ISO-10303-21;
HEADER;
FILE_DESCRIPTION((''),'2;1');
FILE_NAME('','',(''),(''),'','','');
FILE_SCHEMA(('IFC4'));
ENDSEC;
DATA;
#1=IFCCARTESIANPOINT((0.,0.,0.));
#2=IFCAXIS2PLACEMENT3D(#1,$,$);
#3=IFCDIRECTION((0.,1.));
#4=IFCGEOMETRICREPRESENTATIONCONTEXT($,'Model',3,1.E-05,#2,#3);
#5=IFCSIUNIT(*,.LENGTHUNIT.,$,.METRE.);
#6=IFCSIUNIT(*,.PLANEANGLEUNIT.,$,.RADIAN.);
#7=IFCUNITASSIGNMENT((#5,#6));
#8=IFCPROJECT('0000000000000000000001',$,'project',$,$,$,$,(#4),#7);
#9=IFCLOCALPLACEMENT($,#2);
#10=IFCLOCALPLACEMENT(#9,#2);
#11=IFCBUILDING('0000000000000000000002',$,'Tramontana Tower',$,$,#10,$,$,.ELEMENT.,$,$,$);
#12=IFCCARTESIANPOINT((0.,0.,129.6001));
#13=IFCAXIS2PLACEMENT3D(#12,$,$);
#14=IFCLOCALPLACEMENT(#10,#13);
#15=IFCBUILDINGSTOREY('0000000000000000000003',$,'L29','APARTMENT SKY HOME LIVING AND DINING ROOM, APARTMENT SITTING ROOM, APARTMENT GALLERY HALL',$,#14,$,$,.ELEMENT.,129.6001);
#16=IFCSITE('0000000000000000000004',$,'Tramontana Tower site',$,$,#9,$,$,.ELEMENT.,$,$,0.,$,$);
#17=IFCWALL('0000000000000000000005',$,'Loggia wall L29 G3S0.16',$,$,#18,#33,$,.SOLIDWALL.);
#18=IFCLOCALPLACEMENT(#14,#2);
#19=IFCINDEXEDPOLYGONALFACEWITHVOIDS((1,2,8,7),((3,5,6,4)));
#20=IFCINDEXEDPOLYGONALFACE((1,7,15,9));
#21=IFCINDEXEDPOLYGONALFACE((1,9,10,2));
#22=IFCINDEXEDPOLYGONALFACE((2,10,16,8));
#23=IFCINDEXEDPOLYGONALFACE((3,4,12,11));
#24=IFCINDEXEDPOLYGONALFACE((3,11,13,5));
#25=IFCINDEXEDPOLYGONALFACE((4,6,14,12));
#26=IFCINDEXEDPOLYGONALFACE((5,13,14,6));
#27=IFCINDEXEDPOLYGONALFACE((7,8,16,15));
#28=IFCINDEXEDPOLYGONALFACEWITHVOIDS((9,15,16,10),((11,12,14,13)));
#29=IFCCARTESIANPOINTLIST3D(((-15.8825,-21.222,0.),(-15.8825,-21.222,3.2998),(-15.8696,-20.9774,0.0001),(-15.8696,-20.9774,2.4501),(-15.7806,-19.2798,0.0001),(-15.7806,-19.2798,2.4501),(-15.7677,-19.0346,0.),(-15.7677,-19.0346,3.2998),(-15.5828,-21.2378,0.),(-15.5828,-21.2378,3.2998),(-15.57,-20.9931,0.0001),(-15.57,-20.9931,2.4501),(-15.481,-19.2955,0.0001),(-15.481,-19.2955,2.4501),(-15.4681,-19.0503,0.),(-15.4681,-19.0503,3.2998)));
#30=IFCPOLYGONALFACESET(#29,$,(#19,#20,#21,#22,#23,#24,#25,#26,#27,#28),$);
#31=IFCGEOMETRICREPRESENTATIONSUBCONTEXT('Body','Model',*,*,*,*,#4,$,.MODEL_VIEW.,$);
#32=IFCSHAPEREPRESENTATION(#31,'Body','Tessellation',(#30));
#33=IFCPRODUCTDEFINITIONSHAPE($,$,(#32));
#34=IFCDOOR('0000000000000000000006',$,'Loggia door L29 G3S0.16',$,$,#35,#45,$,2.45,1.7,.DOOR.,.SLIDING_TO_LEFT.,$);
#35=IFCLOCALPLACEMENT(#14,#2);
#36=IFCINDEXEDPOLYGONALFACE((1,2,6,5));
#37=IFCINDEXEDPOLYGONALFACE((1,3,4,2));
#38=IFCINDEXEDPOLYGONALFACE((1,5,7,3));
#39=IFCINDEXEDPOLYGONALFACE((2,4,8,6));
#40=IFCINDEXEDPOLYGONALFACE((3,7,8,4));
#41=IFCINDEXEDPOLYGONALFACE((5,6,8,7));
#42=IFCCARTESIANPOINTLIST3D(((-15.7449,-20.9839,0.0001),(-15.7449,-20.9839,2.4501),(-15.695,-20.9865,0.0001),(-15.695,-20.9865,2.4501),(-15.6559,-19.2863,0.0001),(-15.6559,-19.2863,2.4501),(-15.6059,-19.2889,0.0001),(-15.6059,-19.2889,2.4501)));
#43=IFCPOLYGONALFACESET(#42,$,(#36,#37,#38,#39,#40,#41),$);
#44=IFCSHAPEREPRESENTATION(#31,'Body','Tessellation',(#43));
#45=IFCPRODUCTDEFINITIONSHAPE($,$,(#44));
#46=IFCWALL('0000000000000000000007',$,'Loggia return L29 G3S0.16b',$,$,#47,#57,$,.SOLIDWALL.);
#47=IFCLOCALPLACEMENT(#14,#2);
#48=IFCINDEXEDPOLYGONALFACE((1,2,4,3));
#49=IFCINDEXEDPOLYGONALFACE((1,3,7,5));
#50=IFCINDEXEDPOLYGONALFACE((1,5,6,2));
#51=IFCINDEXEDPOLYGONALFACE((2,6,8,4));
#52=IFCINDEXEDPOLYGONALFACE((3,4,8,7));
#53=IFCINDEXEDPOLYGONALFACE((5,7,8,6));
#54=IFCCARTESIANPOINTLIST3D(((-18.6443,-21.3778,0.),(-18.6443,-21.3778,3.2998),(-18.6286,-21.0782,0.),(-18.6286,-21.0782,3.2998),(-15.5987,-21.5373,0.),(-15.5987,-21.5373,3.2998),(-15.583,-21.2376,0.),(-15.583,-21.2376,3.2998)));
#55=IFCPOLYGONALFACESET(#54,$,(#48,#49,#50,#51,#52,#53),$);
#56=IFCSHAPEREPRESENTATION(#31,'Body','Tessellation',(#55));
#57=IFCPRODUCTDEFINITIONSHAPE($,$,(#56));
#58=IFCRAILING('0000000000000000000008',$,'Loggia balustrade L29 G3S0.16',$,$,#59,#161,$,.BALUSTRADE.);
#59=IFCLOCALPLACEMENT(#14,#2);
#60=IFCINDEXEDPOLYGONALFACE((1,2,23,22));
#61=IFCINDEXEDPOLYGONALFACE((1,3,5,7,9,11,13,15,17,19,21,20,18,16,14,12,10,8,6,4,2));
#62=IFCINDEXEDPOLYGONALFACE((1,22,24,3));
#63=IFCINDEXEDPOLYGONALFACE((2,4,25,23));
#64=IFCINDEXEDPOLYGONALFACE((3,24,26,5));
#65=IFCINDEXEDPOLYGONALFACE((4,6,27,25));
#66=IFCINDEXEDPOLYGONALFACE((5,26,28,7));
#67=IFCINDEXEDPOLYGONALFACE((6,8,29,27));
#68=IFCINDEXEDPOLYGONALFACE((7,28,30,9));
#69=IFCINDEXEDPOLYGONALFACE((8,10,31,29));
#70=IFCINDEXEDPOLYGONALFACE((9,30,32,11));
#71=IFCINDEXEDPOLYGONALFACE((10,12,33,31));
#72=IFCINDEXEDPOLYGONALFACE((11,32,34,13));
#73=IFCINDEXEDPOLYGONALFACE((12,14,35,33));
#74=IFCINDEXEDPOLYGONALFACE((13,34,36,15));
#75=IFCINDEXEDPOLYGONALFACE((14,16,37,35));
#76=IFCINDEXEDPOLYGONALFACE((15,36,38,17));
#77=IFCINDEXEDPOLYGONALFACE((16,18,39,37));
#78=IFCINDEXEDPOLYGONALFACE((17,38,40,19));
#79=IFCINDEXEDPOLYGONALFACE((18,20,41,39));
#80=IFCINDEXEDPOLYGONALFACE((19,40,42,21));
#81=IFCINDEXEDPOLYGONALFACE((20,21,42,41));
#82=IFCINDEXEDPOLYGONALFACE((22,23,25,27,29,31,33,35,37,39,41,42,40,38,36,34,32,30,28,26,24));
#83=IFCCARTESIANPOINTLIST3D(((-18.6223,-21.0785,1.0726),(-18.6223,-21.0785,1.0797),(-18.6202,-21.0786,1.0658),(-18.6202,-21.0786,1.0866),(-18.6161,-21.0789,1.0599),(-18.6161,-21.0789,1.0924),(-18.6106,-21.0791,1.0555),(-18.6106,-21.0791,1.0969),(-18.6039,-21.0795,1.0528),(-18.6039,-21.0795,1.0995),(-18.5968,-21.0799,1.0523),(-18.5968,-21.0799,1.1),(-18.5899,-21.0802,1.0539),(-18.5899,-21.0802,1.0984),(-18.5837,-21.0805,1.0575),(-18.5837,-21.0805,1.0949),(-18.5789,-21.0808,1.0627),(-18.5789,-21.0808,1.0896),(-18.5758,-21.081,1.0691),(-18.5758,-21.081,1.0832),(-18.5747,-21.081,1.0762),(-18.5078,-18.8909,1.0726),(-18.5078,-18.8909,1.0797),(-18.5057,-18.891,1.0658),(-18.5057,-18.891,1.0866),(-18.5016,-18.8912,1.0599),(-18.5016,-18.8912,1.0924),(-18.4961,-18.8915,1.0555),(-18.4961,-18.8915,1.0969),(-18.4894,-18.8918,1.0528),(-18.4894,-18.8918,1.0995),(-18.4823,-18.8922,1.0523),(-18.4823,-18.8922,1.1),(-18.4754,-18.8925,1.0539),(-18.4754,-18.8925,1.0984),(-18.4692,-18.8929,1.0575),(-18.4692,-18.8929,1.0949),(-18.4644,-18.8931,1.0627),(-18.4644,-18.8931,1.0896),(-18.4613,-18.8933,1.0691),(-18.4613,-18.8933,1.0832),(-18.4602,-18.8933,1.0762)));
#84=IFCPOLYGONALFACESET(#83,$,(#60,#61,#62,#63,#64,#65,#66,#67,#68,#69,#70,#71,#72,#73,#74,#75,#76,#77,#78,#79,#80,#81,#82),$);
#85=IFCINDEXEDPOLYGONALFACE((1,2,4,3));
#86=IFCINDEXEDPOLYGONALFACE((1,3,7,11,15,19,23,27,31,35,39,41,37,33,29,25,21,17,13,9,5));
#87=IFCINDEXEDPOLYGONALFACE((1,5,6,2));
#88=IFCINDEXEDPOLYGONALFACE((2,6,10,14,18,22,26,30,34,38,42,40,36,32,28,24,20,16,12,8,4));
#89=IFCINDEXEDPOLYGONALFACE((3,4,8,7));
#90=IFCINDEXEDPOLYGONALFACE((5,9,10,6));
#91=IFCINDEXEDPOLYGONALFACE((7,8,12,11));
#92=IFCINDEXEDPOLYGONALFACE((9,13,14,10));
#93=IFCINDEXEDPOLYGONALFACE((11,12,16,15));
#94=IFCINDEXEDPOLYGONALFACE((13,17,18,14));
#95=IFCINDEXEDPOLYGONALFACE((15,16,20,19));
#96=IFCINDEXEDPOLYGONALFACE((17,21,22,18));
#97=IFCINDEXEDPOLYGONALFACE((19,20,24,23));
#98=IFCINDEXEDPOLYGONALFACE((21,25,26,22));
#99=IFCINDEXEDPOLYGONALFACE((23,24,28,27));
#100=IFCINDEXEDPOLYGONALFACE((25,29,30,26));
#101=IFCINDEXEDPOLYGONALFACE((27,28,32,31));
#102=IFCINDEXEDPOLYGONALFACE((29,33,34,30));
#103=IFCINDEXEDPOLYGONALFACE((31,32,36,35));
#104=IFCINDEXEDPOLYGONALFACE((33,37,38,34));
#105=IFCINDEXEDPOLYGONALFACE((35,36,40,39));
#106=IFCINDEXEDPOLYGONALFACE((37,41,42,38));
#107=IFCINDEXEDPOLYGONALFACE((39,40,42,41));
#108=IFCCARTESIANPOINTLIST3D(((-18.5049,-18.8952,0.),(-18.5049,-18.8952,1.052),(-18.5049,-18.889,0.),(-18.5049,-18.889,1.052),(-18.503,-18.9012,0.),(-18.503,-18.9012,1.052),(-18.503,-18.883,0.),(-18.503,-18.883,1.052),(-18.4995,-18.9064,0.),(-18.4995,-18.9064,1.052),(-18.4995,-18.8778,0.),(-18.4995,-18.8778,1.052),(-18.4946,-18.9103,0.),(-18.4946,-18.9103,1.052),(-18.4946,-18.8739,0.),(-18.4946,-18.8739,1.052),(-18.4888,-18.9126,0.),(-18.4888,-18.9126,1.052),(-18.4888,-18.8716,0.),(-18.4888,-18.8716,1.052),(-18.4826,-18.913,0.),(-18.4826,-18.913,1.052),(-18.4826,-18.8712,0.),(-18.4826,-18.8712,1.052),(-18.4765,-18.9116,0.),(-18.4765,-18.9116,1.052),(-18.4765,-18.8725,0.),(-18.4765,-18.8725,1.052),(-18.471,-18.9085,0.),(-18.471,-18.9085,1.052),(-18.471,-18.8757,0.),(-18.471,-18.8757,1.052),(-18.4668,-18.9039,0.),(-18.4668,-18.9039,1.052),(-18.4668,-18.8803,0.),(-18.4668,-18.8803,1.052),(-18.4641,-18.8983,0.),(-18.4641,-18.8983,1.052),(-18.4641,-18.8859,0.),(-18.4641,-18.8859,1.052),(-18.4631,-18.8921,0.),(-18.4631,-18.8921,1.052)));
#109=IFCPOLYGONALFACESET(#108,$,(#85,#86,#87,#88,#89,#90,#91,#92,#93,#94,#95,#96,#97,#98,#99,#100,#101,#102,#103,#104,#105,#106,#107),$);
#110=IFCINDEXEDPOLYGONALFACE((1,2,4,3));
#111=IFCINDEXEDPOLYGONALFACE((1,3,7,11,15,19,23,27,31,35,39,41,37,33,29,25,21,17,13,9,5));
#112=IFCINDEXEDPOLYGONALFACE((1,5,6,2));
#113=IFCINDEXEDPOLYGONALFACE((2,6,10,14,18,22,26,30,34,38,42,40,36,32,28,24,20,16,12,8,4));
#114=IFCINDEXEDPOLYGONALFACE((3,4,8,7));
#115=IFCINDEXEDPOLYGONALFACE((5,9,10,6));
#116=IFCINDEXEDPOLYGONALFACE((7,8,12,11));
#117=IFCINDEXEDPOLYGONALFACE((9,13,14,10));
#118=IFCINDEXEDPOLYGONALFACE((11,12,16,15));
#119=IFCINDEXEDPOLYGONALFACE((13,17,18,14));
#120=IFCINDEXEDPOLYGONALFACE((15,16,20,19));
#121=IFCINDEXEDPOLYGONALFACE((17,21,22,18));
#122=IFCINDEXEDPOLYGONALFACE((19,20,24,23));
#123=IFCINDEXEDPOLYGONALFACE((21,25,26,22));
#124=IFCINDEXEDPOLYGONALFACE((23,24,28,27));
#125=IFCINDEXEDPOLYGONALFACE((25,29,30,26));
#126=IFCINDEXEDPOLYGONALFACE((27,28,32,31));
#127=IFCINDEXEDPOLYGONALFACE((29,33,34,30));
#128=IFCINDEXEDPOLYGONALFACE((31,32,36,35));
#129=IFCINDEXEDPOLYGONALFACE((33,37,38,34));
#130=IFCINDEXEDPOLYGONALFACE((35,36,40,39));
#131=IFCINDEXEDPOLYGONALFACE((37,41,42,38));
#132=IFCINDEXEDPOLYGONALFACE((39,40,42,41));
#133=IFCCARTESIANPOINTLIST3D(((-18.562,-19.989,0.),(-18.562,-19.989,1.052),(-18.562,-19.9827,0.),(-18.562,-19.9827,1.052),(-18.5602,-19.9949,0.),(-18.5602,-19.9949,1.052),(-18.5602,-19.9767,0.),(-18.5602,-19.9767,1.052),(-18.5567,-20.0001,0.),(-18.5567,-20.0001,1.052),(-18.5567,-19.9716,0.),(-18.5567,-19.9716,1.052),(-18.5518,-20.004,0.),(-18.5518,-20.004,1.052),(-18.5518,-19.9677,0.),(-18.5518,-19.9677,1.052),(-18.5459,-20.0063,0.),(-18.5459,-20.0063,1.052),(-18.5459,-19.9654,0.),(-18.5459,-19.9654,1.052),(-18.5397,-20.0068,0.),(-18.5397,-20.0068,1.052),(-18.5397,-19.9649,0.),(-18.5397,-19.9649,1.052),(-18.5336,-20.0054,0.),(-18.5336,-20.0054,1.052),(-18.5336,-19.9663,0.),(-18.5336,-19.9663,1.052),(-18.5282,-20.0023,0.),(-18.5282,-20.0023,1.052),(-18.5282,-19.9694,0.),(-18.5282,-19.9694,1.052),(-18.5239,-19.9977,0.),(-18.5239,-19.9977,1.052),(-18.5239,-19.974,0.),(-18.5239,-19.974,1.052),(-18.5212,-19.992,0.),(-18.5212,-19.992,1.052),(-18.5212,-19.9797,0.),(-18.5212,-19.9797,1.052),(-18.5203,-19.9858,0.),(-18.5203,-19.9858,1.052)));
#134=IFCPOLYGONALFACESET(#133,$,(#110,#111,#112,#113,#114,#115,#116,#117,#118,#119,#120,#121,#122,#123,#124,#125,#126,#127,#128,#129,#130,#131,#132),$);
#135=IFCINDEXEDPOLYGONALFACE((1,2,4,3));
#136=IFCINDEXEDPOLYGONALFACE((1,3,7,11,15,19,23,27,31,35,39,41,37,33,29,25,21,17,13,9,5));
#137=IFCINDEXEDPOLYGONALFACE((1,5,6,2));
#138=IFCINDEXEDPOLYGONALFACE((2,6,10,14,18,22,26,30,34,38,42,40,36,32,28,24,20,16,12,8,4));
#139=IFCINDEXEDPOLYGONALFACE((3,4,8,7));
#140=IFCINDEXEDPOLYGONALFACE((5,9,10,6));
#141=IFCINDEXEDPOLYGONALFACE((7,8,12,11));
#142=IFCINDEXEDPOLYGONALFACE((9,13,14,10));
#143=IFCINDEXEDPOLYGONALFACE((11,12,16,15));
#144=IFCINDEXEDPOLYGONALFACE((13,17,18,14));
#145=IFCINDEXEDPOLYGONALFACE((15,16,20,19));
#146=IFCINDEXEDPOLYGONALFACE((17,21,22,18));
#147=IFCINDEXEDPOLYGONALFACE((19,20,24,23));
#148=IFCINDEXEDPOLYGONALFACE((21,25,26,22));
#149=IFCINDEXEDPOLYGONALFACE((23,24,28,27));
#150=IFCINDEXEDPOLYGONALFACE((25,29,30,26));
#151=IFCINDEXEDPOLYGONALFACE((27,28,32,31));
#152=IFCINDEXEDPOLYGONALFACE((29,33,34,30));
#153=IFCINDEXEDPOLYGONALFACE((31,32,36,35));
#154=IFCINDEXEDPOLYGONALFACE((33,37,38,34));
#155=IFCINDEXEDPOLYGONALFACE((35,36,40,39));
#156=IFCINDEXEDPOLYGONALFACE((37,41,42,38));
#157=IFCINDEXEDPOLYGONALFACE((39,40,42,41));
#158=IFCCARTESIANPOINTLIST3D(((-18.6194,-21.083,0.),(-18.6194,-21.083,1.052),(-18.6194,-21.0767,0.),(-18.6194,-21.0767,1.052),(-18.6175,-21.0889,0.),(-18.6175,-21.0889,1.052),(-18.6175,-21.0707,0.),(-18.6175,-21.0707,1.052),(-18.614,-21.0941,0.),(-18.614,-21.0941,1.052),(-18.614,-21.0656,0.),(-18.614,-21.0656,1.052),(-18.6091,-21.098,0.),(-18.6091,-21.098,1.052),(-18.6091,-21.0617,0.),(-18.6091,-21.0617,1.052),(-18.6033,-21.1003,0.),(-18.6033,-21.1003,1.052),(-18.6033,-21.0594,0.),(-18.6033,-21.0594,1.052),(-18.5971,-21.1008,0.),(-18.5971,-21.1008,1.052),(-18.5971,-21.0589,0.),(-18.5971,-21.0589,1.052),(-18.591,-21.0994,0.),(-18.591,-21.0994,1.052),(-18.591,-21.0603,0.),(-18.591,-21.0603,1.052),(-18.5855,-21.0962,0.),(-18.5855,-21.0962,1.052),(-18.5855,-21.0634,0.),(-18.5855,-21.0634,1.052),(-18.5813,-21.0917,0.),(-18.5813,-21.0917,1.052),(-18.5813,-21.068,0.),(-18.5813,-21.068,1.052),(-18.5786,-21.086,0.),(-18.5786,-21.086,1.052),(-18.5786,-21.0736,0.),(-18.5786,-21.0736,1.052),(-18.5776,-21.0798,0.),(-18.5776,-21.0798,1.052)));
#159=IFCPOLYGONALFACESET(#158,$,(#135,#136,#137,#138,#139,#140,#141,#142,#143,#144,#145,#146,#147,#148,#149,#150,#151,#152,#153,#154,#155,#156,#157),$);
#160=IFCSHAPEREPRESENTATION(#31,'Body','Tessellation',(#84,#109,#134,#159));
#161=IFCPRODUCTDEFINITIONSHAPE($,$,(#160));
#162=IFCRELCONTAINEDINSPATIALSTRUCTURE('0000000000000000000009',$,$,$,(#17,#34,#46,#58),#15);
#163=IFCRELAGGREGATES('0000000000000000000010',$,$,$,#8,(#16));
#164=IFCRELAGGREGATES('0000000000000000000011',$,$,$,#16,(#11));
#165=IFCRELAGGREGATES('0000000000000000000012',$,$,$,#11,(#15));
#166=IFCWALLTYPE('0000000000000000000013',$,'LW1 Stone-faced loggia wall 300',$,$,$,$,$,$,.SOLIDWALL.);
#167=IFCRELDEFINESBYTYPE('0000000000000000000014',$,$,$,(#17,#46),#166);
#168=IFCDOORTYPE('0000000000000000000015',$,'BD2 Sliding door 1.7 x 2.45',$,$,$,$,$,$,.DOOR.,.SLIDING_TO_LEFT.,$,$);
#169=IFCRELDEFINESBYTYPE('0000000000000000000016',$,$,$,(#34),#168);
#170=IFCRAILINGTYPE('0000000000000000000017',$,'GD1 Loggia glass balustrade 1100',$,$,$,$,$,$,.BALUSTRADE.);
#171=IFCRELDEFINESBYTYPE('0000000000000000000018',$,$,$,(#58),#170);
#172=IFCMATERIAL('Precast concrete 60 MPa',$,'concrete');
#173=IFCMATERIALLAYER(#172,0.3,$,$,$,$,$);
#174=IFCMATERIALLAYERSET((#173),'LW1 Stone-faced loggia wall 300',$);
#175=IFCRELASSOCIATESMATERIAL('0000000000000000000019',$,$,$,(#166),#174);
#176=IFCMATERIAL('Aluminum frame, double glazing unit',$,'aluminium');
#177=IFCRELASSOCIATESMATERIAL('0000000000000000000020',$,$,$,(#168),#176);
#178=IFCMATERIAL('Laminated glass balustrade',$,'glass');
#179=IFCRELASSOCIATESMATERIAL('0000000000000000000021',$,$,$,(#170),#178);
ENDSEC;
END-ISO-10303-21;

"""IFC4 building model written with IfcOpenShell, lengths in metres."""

from ifc_helpers import new_model, si_unit, direction, frame, frame_2d, origin, origin_2d, place, context, subcontext, project, spatial, rectangle, circle, extrude, material, layer, layer_set, type_object, element, fill, save


model = new_model("IFC4")

# Units and contexts
model_context = context("Model", 3, precision=1e-05, world=origin(), true_north=direction((0.0, 1.0)))
body_context = subcontext(model_context, "Body", "Model", "MODEL_VIEW")
ifc_project = project(units=[si_unit("LENGTHUNIT", "METRE"), si_unit("PLANEANGLEUNIT", "RADIAN")], contexts=[model_context])

# Site, building, storey
site_placement = place(None, origin())
site = spatial("IfcSite", under=ifc_project, at=site_placement, Name="Tramontana Tower site", CompositionType="ELEMENT", RefElevation=0.0)
building_placement = place(site_placement, origin())
building = spatial("IfcBuilding", under=site, at=building_placement, Name="Tramontana Tower", CompositionType="ELEMENT")
storey_placement = place(building_placement, frame((0.0, 0.0, 129.6001)))
storey = spatial("IfcBuildingStorey", under=building, at=storey_placement, Name="L29", Description="APARTMENT SKY HOME LIVING AND DINING ROOM, APARTMENT SITTING ROOM, APARTMENT GALLERY HALL", CompositionType="ELEMENT", Elevation=129.6001)

# Wall, opening, door
ifc_material_1 = material(Name="Precast concrete 60 MPa", Category="concrete")
ifc_layer_1 = layer(ifc_material_1, 0.3)
ifc_layer_set_1 = layer_set([ifc_layer_1], Name="LW1 Stone-faced loggia wall 300")
wall_type_1 = type_object("IfcWallType", Name="LW1 Stone-faced loggia wall 300", PredefinedType="SOLIDWALL", material=ifc_layer_set_1)
wall_1_placement = place(storey_placement, frame((-15.6179, -19.0425, 0.0), z_axis=(0.0, 0.0, 1.0), x_axis=(-0.052383, -0.998627, 0.0)))
wall_1 = element("IfcWall", 1, at=wall_1_placement, inside=storey, type_object=wall_type_1, Name="Loggia wall L29 G3S0.16", PredefinedType="SOLIDWALL", context=body_context, shape_type="SweptSolid", body=[
    extrude(rectangle(XDim=2.1904, YDim=0.3, at=frame_2d((1.0952, 0.0))), origin(), (0.0, 0.0, 1.0), 3.2998),
])
opening_1_placement = place(wall_1_placement, frame((0.2454, 0.0, 0.0)))
opening_1 = element("IfcOpeningElement", 2, at=opening_1_placement, cuts=wall_1, PredefinedType="OPENING", context=body_context, shape_type="SweptSolid", body=[
    extrude(rectangle(XDim=1.7, YDim=2.45, at=frame_2d((0.8501, 1.2251))), frame((0.0, 0.1599, 0.0), z_axis=(0.0, -1.0, 0.0), x_axis=(1.0, 0.0, 0.0)), (0.0, 0.0, 1.0), 0.3201),
])
ifc_material_2 = material(Name="Aluminum frame, double glazing unit", Category="aluminium")
door_type_1 = type_object("IfcDoorType", Name="BD2 Sliding door 1.7 x 2.45", OperationType="SLIDING_TO_LEFT", PredefinedType="DOOR", material=ifc_material_2)
door_1_placement = place(opening_1_placement, origin())
door_1 = element("IfcDoor", 3, at=door_1_placement, inside=storey, type_object=door_type_1, Name="Loggia door L29 G3S0.16", OperationType="SLIDING_TO_LEFT", OverallHeight=2.45, OverallWidth=1.7, PredefinedType="DOOR", context=body_context, shape_type="SweptSolid", body=[
    extrude(rectangle(XDim=1.7, YDim=2.45, at=frame_2d((0.8501, 1.2251))), frame((0.0, 0.0249, 0.0), z_axis=(0.0, -1.0, 0.0), x_axis=(1.0, 0.0, 0.0)), (0.0, 0.0, 1.0), 0.05),
])
fill(opening_1, door_1)

# Wall
wall_2_placement = place(storey_placement, frame((-18.6365, -21.228, 0.0), z_axis=(0.0, 0.0, 1.0), x_axis=(0.998633, -0.052273, 0.0)))
element("IfcWall", 4, at=wall_2_placement, inside=storey, type_object=wall_type_1, Name="Loggia return L29 G3S0.16b", PredefinedType="SOLIDWALL", context=body_context, shape_type="SweptSolid", body=[
    extrude(rectangle(XDim=3.0498, YDim=0.3, at=frame_2d((1.5249, 0.0))), origin(), (0.0, 0.0, 1.0), 3.2998),
])

# Railing
ifc_material_3 = material(Name="Laminated glass balustrade", Category="glass")
railing_type = type_object("IfcRailingType", Name="GD1 Loggia glass balustrade 1100", PredefinedType="BALUSTRADE", material=ifc_material_3)
railing_1_placement = place(storey_placement, frame((-18.4841, -18.8921, 0.0)))
element("IfcRailing", 5, at=railing_1_placement, inside=storey, type_object=railing_type, Name="Loggia balustrade L29 G3S0.16", PredefinedType="BALUSTRADE", context=body_context, shape_type="SweptSolid", body=[
    extrude(circle(Radius=0.0239, at=origin_2d()), frame((0.0, 0.0, 1.0762), z_axis=(-0.052266, -0.998633, 0.0), x_axis=(0.998633, -0.052266, 0.0)), (0.0, 0.0, 1.0), 2.1907),
    extrude(circle(Radius=0.021, at=origin_2d()), origin(), (0.0, 0.0, 1.0), 1.052),
    extrude(circle(Radius=0.021, at=origin_2d()), frame((-0.0571, -1.0938, 0.0)), (0.0, 0.0, 1.0), 1.052),
    extrude(circle(Radius=0.021, at=origin_2d()), frame((-0.1145, -2.1877, 0.0)), (0.0, 0.0, 1.0), 1.052),
])

save(model, "model.ifc")
